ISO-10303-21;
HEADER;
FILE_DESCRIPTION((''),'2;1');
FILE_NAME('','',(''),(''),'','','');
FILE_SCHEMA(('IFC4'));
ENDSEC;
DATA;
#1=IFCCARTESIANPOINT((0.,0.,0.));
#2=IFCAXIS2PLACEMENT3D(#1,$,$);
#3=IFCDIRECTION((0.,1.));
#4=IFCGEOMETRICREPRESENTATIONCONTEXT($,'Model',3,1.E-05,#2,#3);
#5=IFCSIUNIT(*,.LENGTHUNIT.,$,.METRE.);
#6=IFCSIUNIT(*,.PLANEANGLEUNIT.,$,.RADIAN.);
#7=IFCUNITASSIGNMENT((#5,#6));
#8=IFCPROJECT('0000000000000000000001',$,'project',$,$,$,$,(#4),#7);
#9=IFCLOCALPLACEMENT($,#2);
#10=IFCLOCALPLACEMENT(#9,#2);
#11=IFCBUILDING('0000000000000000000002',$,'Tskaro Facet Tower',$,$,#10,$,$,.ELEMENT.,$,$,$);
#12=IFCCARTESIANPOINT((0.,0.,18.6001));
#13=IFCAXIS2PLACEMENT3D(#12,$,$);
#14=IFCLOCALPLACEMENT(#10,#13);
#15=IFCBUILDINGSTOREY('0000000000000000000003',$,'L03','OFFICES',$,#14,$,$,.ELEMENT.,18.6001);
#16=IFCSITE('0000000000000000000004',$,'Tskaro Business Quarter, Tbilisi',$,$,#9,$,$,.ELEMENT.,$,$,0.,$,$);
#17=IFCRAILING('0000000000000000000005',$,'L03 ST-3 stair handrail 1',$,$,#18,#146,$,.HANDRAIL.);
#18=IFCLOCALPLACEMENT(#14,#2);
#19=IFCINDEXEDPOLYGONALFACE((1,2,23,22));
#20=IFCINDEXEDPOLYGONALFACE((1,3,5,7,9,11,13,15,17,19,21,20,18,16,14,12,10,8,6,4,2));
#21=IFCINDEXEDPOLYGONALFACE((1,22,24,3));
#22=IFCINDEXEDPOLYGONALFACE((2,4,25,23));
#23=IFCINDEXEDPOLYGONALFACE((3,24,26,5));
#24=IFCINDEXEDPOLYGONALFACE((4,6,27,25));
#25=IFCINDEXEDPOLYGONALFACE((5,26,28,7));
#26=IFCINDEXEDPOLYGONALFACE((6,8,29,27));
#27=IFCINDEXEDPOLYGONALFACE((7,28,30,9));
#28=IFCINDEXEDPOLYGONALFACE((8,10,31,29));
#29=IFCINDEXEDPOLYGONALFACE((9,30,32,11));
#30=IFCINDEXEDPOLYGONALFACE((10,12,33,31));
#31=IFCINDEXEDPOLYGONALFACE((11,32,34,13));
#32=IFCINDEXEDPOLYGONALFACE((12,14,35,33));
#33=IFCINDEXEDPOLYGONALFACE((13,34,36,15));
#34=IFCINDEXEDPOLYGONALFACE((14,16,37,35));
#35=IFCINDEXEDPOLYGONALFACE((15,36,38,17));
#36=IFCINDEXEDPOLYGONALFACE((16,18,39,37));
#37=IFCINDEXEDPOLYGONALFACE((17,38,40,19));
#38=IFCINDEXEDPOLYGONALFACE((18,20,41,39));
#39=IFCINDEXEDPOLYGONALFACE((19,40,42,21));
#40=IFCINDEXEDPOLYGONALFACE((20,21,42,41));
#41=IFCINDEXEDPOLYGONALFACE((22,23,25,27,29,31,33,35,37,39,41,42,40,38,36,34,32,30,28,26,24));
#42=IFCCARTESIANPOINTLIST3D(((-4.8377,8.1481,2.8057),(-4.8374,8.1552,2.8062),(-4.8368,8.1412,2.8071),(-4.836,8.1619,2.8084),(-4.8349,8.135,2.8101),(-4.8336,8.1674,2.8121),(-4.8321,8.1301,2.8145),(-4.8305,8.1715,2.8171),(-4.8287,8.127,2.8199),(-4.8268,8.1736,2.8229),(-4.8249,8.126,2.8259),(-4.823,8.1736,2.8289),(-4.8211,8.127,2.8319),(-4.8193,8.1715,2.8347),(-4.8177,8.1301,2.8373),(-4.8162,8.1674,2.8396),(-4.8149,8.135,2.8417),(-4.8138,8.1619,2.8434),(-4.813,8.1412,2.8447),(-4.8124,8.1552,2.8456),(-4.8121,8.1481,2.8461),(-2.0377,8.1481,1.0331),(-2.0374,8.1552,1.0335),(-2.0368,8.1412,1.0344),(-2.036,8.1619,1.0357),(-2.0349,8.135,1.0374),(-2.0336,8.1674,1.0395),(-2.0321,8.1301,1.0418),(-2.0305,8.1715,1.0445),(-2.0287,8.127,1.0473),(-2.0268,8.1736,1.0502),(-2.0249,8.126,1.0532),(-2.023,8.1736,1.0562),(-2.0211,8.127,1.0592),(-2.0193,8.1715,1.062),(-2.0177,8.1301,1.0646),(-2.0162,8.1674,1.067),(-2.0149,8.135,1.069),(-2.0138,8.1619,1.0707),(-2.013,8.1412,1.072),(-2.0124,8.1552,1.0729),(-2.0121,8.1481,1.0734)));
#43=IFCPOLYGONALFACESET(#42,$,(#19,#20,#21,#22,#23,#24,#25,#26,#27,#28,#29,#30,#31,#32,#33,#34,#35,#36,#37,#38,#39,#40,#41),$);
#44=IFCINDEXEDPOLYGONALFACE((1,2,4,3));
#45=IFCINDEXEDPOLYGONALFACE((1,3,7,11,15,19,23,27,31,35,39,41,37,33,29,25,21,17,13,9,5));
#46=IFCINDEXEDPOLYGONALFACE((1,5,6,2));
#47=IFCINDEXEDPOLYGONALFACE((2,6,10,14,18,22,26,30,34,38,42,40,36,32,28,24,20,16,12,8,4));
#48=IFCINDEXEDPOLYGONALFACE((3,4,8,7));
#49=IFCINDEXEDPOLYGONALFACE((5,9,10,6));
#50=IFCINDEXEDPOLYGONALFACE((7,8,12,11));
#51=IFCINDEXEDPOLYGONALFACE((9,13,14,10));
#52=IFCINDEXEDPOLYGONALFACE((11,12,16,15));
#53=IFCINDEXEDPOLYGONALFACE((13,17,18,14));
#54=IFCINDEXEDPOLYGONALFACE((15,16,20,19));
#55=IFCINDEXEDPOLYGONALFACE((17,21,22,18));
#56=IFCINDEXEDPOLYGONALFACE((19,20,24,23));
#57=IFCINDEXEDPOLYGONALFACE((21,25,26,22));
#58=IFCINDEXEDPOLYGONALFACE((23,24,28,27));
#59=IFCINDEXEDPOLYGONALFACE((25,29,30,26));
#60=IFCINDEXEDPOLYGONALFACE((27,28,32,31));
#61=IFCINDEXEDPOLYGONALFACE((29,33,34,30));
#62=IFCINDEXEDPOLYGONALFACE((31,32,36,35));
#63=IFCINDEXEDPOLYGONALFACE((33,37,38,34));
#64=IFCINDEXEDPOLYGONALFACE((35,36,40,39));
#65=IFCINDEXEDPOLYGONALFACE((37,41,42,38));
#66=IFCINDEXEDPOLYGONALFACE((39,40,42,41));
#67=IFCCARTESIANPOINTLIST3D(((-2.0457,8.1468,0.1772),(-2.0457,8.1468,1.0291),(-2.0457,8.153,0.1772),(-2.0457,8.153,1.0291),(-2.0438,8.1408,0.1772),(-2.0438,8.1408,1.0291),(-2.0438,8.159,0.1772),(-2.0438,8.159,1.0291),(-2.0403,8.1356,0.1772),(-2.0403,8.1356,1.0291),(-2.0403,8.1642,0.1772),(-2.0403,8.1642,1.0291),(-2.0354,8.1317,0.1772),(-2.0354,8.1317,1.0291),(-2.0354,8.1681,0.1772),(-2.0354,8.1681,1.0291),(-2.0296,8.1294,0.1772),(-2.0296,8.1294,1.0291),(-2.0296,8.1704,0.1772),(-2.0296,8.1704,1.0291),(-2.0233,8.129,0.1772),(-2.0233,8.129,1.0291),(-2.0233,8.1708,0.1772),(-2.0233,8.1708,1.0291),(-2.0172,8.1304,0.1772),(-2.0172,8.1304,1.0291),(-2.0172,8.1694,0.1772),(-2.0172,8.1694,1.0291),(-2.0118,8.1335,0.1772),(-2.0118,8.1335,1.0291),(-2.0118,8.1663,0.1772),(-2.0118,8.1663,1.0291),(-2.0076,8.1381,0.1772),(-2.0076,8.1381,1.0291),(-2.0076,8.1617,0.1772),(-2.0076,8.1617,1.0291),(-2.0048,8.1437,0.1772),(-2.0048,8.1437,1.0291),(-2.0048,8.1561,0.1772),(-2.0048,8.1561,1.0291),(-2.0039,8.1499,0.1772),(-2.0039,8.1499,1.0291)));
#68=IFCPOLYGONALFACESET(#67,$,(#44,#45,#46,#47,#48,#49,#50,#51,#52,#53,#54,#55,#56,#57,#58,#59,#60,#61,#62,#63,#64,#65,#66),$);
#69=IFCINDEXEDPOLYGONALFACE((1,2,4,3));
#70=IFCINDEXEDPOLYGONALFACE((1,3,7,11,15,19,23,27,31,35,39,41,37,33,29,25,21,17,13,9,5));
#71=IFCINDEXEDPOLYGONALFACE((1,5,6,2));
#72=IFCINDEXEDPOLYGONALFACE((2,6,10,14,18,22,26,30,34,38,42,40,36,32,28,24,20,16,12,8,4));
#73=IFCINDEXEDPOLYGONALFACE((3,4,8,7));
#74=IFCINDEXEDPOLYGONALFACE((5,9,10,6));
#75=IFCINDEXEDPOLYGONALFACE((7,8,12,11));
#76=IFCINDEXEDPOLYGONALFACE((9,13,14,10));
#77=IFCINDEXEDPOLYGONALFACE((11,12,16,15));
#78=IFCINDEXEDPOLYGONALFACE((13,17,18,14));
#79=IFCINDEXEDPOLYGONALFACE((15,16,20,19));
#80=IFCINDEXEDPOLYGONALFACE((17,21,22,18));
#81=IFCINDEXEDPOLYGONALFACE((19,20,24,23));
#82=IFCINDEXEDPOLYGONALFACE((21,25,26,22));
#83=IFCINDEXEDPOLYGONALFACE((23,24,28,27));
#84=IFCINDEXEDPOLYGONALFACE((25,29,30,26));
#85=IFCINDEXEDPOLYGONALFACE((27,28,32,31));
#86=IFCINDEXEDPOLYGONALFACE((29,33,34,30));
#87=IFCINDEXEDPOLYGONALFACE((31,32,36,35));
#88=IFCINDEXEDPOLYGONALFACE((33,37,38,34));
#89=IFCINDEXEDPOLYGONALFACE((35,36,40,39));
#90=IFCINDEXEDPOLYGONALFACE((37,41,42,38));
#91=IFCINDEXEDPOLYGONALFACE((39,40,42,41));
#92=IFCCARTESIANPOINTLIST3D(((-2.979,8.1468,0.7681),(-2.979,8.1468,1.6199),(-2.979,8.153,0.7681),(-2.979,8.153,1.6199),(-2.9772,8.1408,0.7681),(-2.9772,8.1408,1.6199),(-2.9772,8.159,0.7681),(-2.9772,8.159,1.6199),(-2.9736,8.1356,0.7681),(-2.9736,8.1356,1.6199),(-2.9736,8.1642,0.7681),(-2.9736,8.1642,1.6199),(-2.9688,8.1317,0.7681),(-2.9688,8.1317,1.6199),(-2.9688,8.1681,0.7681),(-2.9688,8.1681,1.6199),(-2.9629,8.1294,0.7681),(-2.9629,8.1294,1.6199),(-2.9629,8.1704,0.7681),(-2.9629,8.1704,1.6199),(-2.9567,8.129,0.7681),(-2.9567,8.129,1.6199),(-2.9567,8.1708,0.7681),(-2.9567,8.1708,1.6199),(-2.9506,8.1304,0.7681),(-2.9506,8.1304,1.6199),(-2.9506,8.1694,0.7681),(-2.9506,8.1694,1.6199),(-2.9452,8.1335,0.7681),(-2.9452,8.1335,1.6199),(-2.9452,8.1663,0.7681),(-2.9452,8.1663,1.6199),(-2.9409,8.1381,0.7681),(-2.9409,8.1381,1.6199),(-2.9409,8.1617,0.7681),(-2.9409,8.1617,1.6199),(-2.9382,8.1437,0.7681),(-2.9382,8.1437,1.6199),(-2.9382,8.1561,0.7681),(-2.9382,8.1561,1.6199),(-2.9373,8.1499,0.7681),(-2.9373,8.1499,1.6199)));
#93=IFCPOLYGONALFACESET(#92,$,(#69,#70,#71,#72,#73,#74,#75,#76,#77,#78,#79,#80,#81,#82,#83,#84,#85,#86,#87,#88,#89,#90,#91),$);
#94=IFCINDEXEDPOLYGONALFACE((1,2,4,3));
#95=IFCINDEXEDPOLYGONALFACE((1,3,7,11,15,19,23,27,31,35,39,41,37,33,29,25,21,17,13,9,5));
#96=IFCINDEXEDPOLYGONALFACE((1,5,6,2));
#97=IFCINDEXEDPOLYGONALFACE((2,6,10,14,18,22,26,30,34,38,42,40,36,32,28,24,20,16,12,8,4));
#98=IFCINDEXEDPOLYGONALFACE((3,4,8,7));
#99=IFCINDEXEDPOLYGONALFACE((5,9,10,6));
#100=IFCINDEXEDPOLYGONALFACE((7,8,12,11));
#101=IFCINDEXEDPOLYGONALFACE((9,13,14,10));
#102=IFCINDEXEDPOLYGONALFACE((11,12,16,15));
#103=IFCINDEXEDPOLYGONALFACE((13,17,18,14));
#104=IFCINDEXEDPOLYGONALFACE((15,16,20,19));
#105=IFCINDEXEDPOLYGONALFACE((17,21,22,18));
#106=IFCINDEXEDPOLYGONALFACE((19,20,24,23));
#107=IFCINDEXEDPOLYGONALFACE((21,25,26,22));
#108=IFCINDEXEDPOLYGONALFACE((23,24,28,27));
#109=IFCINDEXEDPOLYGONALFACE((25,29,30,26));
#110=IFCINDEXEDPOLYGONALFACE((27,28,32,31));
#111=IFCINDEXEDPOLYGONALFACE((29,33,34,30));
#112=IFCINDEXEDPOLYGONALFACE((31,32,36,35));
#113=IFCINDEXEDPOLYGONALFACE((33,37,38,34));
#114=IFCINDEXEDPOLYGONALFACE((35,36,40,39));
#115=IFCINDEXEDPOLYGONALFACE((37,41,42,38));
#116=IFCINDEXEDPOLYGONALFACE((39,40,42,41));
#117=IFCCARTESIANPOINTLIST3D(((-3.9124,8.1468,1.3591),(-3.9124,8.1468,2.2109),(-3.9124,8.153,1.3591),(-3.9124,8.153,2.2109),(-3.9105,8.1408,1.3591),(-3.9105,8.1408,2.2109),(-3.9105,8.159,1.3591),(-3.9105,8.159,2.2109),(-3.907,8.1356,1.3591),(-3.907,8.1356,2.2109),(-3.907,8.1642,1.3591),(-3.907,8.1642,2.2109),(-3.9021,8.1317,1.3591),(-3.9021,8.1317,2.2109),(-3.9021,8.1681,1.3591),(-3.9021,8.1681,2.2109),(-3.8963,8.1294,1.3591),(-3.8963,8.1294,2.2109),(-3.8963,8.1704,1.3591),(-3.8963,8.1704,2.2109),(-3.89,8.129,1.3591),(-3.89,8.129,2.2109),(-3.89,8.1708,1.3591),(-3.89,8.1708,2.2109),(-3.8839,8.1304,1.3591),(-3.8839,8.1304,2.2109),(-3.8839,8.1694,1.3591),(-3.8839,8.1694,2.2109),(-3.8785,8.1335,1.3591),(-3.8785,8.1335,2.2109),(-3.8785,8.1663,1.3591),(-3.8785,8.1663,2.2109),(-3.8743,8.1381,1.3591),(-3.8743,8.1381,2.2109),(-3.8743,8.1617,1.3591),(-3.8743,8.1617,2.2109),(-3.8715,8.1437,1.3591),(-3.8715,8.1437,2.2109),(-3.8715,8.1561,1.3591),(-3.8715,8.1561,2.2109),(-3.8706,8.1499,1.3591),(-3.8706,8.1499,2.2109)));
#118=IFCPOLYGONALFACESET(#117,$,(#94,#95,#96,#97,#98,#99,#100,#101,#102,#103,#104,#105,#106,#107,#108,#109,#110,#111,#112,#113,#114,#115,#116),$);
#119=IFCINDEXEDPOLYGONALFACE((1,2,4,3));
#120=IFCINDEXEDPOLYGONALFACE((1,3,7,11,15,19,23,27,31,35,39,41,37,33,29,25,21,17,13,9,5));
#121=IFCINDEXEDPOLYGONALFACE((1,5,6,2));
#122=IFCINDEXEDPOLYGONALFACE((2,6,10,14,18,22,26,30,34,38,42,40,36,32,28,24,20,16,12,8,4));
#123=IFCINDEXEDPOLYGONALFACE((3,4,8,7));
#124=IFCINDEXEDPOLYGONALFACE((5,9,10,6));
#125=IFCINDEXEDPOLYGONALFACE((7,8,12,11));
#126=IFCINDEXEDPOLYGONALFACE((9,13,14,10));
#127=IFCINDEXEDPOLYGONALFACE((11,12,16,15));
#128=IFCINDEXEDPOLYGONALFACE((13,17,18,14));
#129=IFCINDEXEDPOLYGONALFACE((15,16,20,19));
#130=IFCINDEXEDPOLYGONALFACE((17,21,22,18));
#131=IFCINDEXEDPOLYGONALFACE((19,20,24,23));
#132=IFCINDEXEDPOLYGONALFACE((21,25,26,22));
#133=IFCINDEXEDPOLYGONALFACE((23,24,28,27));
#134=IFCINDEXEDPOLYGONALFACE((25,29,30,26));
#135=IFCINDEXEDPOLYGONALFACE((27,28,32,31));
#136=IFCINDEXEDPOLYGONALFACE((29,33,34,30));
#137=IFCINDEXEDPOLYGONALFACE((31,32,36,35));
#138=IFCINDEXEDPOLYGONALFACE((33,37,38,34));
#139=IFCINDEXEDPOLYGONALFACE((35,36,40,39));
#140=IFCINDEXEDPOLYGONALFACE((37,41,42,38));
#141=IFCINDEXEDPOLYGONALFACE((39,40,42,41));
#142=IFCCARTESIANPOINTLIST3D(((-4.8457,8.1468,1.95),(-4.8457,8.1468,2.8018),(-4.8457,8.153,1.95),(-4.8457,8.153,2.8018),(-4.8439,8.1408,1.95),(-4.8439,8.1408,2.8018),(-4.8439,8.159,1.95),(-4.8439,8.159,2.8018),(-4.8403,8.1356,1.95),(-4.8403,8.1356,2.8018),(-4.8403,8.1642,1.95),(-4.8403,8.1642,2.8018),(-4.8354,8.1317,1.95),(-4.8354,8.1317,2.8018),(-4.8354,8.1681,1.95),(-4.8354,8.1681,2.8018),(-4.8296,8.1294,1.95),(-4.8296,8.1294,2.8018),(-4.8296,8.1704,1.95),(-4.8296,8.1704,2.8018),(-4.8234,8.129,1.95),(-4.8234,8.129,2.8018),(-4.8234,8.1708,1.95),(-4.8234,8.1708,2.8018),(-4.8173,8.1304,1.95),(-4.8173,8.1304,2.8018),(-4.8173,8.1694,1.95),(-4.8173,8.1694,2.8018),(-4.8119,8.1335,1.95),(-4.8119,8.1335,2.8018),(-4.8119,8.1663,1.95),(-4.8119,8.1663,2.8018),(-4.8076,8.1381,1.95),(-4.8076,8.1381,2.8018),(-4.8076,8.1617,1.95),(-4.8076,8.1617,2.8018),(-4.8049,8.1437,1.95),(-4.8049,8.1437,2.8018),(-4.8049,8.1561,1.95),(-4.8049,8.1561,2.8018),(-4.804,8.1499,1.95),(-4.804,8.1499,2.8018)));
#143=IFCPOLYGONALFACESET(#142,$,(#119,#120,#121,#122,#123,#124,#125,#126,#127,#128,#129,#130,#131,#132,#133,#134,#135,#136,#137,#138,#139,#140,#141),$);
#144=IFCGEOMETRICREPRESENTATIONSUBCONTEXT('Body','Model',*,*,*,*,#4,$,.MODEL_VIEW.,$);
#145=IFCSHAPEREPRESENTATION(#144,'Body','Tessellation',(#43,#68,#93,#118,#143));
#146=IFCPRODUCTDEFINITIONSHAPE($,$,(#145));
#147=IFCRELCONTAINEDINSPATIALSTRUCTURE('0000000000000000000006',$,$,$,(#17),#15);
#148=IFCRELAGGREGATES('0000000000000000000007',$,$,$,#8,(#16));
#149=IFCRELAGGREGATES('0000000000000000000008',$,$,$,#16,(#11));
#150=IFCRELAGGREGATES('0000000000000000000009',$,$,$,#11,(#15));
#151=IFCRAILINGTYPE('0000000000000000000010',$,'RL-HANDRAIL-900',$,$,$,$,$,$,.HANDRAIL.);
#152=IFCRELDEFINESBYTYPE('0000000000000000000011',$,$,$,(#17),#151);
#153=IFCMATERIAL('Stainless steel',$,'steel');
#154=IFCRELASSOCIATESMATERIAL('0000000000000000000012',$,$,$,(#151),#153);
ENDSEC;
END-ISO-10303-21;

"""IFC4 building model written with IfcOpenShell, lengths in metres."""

from ifc_helpers import new_model, si_unit, direction, frame, origin, origin_2d, place, context, subcontext, project, spatial, circle, extrude, material, type_object, element, save


model = new_model("IFC4")

# Units and contexts
model_context = context("Model", 3, precision=1e-05, world=origin(), true_north=direction((0.0, 1.0)))
body_context = subcontext(model_context, "Body", "Model", "MODEL_VIEW")
ifc_project = project(units=[si_unit("LENGTHUNIT", "METRE"), si_unit("PLANEANGLEUNIT", "RADIAN")], contexts=[model_context])

# Site, building, storey
site_placement = place(None, origin())
site = spatial("IfcSite", under=ifc_project, at=site_placement, Name="Tskaro Business Quarter, Tbilisi", CompositionType="ELEMENT", RefElevation=0.0)
building_placement = place(site_placement, origin())
building = spatial("IfcBuilding", under=site, at=building_placement, Name="Tskaro Facet Tower", CompositionType="ELEMENT")
storey_placement = place(building_placement, frame((0.0, 0.0, 18.6001)))
storey = spatial("IfcBuildingStorey", under=building, at=storey_placement, Name="L03", Description="OFFICES", CompositionType="ELEMENT", Elevation=18.6001)

# Railing
ifc_material_1 = material(Name="Stainless steel", Category="steel")
railing_type_1 = type_object("IfcRailingType", Name="RL-HANDRAIL-900", PredefinedType="HANDRAIL", material=ifc_material_1)
railing_1_placement = place(storey_placement, frame((-2.0249, 8.1499, 0.1772)))
element("IfcRailing", 1, at=railing_1_placement, inside=storey, type_object=railing_type_1, Name="L03 ST-3 stair handrail 1", PredefinedType="HANDRAIL", context=body_context, shape_type="SweptSolid", body=[
    extrude(circle(Radius=0.0239, at=origin_2d()), frame((0.0, 0.0, 0.876), z_axis=(-0.844909, 0.0, 0.53491), x_axis=(0.0, -1.0, 0.0)), (0.0, 0.0, 1.0), 3.314),
    extrude(circle(Radius=0.021, at=origin_2d()), origin(), (0.0, 0.0, 1.0), 0.8518),
    extrude(circle(Radius=0.021, at=origin_2d()), frame((-0.9333, 0.0, 0.5908)), (0.0, 0.0, 1.0), 0.8518),
    extrude(circle(Radius=0.021, at=origin_2d()), frame((-1.8667, 0.0, 1.1819)), (0.0, 0.0, 1.0), 0.8518),
    extrude(circle(Radius=0.021, at=origin_2d()), frame((-2.8, 0.0, 1.7727)), (0.0, 0.0, 1.0), 0.8518),
])

save(model, "model.ifc")
